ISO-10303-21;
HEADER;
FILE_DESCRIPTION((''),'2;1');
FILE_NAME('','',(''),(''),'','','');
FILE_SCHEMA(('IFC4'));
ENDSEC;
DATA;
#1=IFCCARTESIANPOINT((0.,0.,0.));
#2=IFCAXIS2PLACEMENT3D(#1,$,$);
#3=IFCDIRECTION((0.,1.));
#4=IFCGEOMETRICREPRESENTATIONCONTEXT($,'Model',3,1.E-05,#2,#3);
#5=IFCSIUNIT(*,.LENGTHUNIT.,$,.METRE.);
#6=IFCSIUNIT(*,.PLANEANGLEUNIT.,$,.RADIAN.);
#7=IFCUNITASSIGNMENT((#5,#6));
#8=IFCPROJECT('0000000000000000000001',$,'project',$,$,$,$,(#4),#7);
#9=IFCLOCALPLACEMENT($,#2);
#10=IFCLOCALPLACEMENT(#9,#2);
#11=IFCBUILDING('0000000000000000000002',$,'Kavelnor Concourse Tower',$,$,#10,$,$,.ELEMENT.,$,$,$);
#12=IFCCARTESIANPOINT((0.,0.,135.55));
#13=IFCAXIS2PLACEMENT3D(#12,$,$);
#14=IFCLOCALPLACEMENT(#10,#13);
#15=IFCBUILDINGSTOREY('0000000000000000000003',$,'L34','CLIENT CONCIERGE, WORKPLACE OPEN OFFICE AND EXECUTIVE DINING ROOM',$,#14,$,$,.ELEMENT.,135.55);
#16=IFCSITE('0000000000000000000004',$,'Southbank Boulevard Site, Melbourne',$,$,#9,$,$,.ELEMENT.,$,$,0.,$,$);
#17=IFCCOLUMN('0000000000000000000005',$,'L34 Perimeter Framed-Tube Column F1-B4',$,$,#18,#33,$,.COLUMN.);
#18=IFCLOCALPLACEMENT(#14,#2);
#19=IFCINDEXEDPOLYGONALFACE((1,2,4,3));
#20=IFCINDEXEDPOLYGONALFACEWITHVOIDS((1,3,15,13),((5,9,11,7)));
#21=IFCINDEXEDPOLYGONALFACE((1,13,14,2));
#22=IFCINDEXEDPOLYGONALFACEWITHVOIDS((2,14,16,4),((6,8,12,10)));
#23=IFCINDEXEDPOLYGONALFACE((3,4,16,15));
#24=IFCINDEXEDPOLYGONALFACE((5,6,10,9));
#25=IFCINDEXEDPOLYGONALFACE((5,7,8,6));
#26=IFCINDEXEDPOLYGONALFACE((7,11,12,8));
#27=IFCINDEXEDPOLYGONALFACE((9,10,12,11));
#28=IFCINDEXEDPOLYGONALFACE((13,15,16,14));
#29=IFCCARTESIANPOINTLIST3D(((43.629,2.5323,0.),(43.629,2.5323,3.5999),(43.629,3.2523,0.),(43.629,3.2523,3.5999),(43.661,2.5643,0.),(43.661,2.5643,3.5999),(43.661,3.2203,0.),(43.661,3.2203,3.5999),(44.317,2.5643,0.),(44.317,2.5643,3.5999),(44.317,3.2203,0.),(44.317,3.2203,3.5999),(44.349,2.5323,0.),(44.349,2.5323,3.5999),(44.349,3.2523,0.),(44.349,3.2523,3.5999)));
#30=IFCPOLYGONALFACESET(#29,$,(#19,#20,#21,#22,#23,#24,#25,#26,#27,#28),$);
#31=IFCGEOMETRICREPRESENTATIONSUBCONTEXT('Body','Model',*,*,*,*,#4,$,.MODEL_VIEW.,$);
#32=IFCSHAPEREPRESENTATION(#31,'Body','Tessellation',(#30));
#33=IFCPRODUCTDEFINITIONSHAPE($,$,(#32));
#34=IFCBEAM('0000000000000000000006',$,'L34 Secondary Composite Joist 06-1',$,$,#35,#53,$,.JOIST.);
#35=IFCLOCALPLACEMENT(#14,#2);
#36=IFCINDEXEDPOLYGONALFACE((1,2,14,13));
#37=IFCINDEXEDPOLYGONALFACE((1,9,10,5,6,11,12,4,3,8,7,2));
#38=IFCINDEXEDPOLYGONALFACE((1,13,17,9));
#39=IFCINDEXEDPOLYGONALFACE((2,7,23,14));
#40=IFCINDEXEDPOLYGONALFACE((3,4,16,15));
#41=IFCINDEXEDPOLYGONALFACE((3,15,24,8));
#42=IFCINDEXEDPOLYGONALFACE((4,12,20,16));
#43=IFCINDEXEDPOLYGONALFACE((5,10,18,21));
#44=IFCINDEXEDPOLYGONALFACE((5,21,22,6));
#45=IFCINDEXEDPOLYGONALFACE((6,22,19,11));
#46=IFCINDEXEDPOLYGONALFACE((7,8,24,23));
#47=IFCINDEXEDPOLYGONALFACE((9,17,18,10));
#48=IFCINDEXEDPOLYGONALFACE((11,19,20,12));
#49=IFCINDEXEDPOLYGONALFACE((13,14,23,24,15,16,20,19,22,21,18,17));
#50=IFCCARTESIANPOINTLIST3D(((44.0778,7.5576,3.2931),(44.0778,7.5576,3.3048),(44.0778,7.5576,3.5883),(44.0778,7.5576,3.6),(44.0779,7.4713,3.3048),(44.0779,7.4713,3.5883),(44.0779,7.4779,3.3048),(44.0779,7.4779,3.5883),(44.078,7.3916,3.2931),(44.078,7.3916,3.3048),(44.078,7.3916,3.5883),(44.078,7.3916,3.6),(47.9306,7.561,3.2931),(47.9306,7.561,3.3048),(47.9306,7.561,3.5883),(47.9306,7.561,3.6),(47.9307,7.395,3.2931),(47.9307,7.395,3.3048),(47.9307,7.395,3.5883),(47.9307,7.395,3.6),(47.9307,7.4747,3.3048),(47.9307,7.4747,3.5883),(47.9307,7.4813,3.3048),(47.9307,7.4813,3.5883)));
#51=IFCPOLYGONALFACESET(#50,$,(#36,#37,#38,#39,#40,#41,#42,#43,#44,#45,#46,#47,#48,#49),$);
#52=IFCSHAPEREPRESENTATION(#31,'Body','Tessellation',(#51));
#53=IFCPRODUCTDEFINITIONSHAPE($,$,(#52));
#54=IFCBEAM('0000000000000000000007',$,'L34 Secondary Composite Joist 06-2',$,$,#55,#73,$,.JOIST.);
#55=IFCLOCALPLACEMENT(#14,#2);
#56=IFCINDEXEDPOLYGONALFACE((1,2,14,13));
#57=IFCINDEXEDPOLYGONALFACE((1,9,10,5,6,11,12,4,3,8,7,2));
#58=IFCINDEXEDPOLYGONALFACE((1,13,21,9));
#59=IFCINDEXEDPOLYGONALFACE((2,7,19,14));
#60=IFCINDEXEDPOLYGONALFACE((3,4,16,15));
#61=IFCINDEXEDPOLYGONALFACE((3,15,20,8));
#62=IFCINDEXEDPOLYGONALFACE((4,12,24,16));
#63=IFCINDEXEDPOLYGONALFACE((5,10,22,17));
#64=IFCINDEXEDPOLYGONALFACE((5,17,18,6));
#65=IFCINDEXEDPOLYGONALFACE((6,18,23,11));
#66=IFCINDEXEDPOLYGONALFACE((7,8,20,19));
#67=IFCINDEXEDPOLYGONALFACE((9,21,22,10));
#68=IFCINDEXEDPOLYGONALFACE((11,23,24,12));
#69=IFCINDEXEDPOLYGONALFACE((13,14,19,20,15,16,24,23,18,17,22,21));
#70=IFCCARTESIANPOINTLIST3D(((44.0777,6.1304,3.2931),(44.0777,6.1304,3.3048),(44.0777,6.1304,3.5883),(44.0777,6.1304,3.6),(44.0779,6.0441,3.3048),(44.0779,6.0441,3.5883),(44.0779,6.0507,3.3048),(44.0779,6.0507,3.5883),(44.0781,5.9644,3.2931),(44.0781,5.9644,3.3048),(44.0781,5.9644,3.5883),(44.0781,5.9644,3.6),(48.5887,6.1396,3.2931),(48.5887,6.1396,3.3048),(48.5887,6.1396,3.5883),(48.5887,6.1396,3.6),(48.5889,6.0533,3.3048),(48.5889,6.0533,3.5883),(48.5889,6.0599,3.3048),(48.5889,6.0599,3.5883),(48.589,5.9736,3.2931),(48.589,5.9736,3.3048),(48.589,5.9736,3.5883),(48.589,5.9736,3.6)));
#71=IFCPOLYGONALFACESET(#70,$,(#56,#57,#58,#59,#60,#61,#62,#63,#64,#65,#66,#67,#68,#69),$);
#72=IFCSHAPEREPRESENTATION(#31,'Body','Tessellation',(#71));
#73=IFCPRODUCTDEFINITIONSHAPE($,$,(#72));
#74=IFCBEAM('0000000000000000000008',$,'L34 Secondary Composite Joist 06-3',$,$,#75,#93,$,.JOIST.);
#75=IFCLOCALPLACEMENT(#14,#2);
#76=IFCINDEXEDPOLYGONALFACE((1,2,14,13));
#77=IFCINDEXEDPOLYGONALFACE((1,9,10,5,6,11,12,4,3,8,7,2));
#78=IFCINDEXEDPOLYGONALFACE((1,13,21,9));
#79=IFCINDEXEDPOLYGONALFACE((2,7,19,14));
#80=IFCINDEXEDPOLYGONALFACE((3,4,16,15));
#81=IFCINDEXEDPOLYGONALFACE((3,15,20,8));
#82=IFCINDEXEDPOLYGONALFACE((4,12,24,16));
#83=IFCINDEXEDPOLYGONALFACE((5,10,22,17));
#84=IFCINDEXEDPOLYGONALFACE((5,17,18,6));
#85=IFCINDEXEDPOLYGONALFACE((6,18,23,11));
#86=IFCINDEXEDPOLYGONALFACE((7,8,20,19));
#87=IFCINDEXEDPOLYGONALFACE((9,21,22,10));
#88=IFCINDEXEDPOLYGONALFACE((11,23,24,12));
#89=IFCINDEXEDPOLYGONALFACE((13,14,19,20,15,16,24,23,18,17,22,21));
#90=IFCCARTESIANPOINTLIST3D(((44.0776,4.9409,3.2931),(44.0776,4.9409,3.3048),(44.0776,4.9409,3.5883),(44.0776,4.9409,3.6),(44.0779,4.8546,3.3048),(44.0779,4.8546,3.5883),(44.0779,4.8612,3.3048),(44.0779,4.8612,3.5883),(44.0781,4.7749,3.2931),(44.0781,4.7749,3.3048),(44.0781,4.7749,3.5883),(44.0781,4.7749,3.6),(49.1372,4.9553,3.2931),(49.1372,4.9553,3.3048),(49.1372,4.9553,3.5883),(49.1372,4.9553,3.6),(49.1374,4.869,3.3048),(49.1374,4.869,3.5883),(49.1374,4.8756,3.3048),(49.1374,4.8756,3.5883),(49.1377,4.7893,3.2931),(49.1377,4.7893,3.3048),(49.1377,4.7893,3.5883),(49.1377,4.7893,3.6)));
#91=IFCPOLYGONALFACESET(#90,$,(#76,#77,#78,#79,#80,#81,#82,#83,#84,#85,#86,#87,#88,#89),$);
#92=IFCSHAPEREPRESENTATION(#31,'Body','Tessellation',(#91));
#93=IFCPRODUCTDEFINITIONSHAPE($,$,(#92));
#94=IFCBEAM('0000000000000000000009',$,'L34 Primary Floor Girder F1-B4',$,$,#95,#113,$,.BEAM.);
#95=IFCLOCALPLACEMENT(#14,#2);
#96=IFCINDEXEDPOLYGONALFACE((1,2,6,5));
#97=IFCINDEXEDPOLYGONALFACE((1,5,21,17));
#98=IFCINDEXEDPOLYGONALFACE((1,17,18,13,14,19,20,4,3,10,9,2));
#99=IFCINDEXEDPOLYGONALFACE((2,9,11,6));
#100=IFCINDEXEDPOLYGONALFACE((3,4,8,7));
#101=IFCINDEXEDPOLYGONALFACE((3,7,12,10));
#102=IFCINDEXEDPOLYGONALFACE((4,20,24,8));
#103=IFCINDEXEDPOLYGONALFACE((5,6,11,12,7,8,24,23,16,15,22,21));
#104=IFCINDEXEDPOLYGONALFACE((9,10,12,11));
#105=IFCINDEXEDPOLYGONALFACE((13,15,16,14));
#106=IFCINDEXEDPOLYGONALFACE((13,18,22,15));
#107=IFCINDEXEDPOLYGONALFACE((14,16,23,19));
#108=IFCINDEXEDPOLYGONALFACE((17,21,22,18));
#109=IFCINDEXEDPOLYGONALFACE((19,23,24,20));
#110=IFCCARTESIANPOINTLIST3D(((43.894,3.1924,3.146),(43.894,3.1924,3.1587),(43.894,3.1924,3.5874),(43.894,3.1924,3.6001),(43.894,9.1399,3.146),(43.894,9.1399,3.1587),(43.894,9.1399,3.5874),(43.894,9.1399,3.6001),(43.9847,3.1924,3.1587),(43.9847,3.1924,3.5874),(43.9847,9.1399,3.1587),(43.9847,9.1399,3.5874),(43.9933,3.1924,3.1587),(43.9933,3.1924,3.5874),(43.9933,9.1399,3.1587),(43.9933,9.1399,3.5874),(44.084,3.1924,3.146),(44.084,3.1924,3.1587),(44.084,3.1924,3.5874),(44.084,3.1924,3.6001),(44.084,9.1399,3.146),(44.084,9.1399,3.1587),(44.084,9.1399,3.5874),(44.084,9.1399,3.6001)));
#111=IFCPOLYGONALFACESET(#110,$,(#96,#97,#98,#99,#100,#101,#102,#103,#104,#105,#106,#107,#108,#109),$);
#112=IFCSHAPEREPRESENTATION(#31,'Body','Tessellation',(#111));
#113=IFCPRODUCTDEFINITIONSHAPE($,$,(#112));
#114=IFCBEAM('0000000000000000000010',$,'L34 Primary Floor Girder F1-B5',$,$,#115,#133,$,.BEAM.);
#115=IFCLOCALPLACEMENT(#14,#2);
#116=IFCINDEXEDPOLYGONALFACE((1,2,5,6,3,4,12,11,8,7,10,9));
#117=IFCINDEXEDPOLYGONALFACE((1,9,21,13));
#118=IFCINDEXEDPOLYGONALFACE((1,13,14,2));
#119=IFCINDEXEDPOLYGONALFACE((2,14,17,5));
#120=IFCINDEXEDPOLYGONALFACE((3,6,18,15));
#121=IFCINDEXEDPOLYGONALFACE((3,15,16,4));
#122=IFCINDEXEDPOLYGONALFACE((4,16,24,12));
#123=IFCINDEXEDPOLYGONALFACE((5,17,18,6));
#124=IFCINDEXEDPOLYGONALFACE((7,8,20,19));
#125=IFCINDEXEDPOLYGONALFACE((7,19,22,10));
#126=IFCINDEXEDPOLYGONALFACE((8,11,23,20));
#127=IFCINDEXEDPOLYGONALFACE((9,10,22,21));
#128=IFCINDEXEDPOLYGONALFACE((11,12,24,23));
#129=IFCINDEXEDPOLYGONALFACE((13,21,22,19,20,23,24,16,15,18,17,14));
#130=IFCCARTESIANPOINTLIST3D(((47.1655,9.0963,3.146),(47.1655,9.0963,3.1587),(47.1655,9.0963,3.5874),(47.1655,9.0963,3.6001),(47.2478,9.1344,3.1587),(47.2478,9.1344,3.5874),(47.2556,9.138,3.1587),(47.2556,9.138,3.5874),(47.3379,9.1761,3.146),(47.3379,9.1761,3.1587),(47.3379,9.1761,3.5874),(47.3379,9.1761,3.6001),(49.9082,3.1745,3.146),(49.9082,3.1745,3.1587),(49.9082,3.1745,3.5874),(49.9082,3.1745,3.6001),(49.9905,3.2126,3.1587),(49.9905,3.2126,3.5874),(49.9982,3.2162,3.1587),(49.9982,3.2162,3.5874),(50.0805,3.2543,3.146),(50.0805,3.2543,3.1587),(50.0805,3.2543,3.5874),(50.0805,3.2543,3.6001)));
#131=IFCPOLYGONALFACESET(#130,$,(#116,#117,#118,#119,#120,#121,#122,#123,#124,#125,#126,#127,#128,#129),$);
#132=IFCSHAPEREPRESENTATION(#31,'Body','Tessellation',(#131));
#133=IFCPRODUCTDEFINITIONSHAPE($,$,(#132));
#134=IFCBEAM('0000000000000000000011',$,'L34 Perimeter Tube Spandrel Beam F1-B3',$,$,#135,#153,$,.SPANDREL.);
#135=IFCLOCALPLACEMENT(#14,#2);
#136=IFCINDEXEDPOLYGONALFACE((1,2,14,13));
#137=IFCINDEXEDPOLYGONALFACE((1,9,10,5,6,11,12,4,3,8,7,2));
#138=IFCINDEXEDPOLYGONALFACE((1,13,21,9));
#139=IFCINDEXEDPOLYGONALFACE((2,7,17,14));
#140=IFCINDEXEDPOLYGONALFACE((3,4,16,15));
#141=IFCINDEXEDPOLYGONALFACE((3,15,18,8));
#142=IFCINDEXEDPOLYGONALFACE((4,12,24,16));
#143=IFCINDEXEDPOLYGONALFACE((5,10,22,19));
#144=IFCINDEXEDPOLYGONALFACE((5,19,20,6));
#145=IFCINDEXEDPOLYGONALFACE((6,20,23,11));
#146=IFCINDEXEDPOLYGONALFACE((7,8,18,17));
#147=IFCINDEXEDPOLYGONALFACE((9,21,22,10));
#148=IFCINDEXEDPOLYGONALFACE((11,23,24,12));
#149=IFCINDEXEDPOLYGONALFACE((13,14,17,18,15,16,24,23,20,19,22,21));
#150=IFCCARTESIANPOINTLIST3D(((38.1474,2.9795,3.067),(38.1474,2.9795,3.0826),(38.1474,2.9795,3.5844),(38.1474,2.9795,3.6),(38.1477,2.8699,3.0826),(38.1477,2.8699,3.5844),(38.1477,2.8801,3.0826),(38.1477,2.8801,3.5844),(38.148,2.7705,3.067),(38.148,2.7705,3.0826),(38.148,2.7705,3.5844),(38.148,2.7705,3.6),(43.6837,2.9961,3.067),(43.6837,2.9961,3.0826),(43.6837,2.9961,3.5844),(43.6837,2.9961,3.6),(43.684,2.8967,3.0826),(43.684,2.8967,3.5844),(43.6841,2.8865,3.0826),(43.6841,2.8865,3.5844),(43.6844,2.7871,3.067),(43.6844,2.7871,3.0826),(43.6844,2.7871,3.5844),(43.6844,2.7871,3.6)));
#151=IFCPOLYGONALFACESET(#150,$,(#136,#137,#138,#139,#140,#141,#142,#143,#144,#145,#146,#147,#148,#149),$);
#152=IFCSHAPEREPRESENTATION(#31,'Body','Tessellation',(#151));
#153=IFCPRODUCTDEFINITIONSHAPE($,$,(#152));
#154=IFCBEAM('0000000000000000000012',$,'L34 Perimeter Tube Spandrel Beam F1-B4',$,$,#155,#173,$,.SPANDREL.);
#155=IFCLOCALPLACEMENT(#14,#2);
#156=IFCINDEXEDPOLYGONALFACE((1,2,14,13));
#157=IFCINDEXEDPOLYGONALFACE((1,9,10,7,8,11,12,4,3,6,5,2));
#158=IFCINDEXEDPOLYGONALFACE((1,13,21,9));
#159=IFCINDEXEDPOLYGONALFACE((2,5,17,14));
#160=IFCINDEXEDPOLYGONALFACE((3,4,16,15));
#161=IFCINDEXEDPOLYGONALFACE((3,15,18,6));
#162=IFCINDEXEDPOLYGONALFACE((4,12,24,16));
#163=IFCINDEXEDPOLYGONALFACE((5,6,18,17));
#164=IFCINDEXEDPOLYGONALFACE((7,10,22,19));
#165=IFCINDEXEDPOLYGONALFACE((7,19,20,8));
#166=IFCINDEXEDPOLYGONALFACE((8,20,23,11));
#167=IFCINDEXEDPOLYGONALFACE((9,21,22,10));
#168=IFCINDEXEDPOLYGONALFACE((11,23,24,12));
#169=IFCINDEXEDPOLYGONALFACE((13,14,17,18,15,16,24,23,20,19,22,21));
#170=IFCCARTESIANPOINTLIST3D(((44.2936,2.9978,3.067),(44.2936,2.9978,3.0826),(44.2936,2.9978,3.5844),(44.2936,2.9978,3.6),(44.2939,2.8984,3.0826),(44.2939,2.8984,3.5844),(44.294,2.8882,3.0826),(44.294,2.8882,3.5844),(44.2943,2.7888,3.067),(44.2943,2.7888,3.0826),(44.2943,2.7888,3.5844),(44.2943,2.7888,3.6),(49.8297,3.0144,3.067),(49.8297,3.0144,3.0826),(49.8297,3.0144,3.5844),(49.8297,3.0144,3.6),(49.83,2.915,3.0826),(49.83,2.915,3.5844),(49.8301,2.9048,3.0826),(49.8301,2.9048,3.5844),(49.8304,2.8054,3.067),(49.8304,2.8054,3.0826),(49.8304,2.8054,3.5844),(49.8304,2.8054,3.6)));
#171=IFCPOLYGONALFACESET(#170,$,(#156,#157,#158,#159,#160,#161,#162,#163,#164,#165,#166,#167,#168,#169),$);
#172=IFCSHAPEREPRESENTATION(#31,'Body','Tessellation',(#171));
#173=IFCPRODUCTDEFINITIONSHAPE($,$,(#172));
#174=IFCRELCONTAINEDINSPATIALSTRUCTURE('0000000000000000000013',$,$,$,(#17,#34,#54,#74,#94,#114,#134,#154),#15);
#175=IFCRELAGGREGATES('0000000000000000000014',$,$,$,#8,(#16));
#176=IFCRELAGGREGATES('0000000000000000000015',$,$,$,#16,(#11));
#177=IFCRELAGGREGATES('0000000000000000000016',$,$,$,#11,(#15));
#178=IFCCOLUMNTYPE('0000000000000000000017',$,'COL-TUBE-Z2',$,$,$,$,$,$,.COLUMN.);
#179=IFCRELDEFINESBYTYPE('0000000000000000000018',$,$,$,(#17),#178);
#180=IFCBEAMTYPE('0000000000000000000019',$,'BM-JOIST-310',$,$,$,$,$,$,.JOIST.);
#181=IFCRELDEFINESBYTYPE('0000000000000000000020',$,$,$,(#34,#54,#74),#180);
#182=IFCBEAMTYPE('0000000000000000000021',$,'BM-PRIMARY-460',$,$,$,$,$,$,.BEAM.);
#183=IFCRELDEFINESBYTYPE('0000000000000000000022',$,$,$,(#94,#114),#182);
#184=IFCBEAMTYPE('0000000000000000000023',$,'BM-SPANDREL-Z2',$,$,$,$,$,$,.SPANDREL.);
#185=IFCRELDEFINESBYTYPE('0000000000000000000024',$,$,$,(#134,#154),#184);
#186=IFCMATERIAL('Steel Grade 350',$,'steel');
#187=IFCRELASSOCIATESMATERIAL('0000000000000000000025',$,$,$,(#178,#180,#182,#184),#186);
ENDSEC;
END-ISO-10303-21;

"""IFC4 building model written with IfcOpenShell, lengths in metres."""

from ifc_helpers import new_model, si_unit, direction, frame, origin, origin_2d, place, context, subcontext, project, spatial, hollow_rectangle, i_section, extrude, material, material_profile, profile_set, type_object, element, save


model = new_model("IFC4")

# Units and contexts
model_context = context("Model", 3, precision=1e-05, world=origin(), true_north=direction((0.0, 1.0)))
body_context = subcontext(model_context, "Body", "Model", "MODEL_VIEW")
ifc_project = project(units=[si_unit("LENGTHUNIT", "METRE"), si_unit("PLANEANGLEUNIT", "RADIAN")], contexts=[model_context])

# Site, building, storey
site_placement = place(None, origin())
site = spatial("IfcSite", under=ifc_project, at=site_placement, Name="Southbank Boulevard Site, Melbourne", CompositionType="ELEMENT", RefElevation=0.0)
building_placement = place(site_placement, origin())
building = spatial("IfcBuilding", under=site, at=building_placement, Name="Kavelnor Concourse Tower", CompositionType="ELEMENT")
storey_placement = place(building_placement, frame((0.0, 0.0, 135.55)))
storey = spatial("IfcBuildingStorey", under=building, at=storey_placement, Name="L34", Description="CLIENT CONCIERGE, WORKPLACE OPEN OFFICE AND EXECUTIVE DINING ROOM", CompositionType="ELEMENT", Elevation=135.55)

# Column
ifc_material_1 = material(Name="Steel Grade 350", Category="steel")
ifc_material_profile_1 = material_profile(ifc_material_1, hollow_rectangle(XDim=0.72, YDim=0.72, WallThickness=0.032, at=origin_2d()), Name="SHS 720x720x32")
ifc_profile_set_1 = profile_set([ifc_material_profile_1], Name="Steel Grade 350")
column_type = type_object("IfcColumnType", Name="COL-TUBE-Z2", PredefinedType="COLUMN", material=ifc_profile_set_1)
column_placement = place(storey_placement, frame((43.989, 2.8923, 0.0), z_axis=(0.0, 0.0, 1.0), x_axis=(1.0, 0.0, 0.0)))
element("IfcColumn", 1, at=column_placement, inside=storey, type_object=column_type, Name="L34 Perimeter Framed-Tube Column F1-B4", PredefinedType="COLUMN", context=body_context, shape_type="SweptSolid", body=[
    extrude(hollow_rectangle(XDim=0.72, YDim=0.72, WallThickness=0.032, at=origin_2d()), origin(), (0.0, 0.0, 1.0), 3.5999),
])

# Beams
ifc_material_profile_2 = material_profile(ifc_material_1, i_section(OverallWidth=0.166, OverallDepth=0.3069, WebThickness=0.0066, FlangeThickness=0.0117, at=origin_2d()), Name="310UB46")
ifc_profile_set_2 = profile_set([ifc_material_profile_2], Name="Steel Grade 350")
beam_type_1 = type_object("IfcBeamType", Name="BM-JOIST-310", PredefinedType="JOIST", material=ifc_profile_set_2)
beam_1_placement = place(storey_placement, frame((44.0779, 7.4746, 3.4465), z_axis=(1.0, 0.000887, 0.0), x_axis=(-0.000887, 1.0, 0.0)))
element("IfcBeam", 2, at=beam_1_placement, inside=storey, type_object=beam_type_1, Name="L34 Secondary Composite Joist 06-1", PredefinedType="JOIST", context=body_context, shape_type="SweptSolid", body=[
    extrude(i_section(OverallWidth=0.166, OverallDepth=0.3069, WebThickness=0.0066, FlangeThickness=0.0117, at=origin_2d()), origin(), (0.0, 0.0, 1.0), 3.8528),
])
beam_2_placement = place(storey_placement, frame((44.0779, 6.0474, 3.4465), z_axis=(0.999998, 0.002057, 0.0), x_axis=(-0.002057, 0.999998, 0.0)))
element("IfcBeam", 3, at=beam_2_placement, inside=storey, type_object=beam_type_1, Name="L34 Secondary Composite Joist 06-2", PredefinedType="JOIST", context=body_context, shape_type="SweptSolid", body=[
    extrude(i_section(OverallWidth=0.166, OverallDepth=0.3069, WebThickness=0.0066, FlangeThickness=0.0117, at=origin_2d()), origin(), (0.0, 0.0, 1.0), 4.511),
])
beam_3_placement = place(storey_placement, frame((44.0779, 4.8579, 3.4465), z_axis=(0.999996, 0.002847, 0.0), x_axis=(-0.002847, 0.999996, 0.0)))
element("IfcBeam", 4, at=beam_3_placement, inside=storey, type_object=beam_type_1, Name="L34 Secondary Composite Joist 06-3", PredefinedType="JOIST", context=body_context, shape_type="SweptSolid", body=[
    extrude(i_section(OverallWidth=0.166, OverallDepth=0.3069, WebThickness=0.0066, FlangeThickness=0.0117, at=origin_2d()), origin(), (0.0, 0.0, 1.0), 5.0596),
])
ifc_material_profile_3 = material_profile(ifc_material_1, i_section(OverallWidth=0.1899, OverallDepth=0.4541, WebThickness=0.0085, FlangeThickness=0.0127, at=origin_2d()), Name="460UB67")
ifc_profile_set_3 = profile_set([ifc_material_profile_3], Name="Steel Grade 350")
beam_type_2 = type_object("IfcBeamType", Name="BM-PRIMARY-460", PredefinedType="BEAM", material=ifc_profile_set_3)
beam_4_placement = place(storey_placement, frame((43.989, 9.1399, 3.373), z_axis=(0.0, -1.0, 0.0), x_axis=(1.0, 0.0, 0.0)))
element("IfcBeam", 5, at=beam_4_placement, inside=storey, type_object=beam_type_2, Name="L34 Primary Floor Girder F1-B4", PredefinedType="BEAM", context=body_context, shape_type="SweptSolid", body=[
    extrude(i_section(OverallWidth=0.1899, OverallDepth=0.4541, WebThickness=0.0085, FlangeThickness=0.0127, at=origin_2d()), origin(), (0.0, 0.0, 1.0), 5.9475),
])
beam_5_placement = place(storey_placement, frame((47.2517, 9.1362, 3.373), z_axis=(0.420258, -0.907405, 0.0), x_axis=(0.907405, 0.420258, 0.0)))
element("IfcBeam", 6, at=beam_5_placement, inside=storey, type_object=beam_type_2, Name="L34 Primary Floor Girder F1-B5", PredefinedType="BEAM", context=body_context, shape_type="SweptSolid", body=[
    extrude(i_section(OverallWidth=0.1899, OverallDepth=0.4541, WebThickness=0.0085, FlangeThickness=0.0127, at=origin_2d()), origin(), (0.0, 0.0, 1.0), 6.5261),
])
ifc_material_profile_4 = material_profile(ifc_material_1, i_section(OverallWidth=0.209, OverallDepth=0.533, WebThickness=0.0103, FlangeThickness=0.0156, at=origin_2d()), Name="530UB92")
ifc_profile_set_4 = profile_set([ifc_material_profile_4], Name="Steel Grade 350")
beam_type_3 = type_object("IfcBeamType", Name="BM-SPANDREL-Z2", PredefinedType="SPANDREL", material=ifc_profile_set_4)
beam_6_placement = place(storey_placement, frame((38.1477, 2.875, 3.3335), z_axis=(0.999996, 0.002999, 0.0), x_axis=(-0.002999, 0.999996, 0.0)))
element("IfcBeam", 7, at=beam_6_placement, inside=storey, type_object=beam_type_3, Name="L34 Perimeter Tube Spandrel Beam F1-B3", PredefinedType="SPANDREL", context=body_context, shape_type="SweptSolid", body=[
    extrude(i_section(OverallWidth=0.209, OverallDepth=0.533, WebThickness=0.0103, FlangeThickness=0.0156, at=origin_2d()), origin(), (0.0, 0.0, 1.0), 5.5364),
])
beam_7_placement = place(storey_placement, frame((44.2939, 2.8933, 3.3335), z_axis=(0.999996, 0.002999, 0.0), x_axis=(-0.002999, 0.999996, 0.0)))
element("IfcBeam", 8, at=beam_7_placement, inside=storey, type_object=beam_type_3, Name="L34 Perimeter Tube Spandrel Beam F1-B4", PredefinedType="SPANDREL", context=body_context, shape_type="SweptSolid", body=[
    extrude(i_section(OverallWidth=0.209, OverallDepth=0.533, WebThickness=0.0103, FlangeThickness=0.0156, at=origin_2d()), origin(), (0.0, 0.0, 1.0), 5.5361),
])

save(model, "model.ifc")
